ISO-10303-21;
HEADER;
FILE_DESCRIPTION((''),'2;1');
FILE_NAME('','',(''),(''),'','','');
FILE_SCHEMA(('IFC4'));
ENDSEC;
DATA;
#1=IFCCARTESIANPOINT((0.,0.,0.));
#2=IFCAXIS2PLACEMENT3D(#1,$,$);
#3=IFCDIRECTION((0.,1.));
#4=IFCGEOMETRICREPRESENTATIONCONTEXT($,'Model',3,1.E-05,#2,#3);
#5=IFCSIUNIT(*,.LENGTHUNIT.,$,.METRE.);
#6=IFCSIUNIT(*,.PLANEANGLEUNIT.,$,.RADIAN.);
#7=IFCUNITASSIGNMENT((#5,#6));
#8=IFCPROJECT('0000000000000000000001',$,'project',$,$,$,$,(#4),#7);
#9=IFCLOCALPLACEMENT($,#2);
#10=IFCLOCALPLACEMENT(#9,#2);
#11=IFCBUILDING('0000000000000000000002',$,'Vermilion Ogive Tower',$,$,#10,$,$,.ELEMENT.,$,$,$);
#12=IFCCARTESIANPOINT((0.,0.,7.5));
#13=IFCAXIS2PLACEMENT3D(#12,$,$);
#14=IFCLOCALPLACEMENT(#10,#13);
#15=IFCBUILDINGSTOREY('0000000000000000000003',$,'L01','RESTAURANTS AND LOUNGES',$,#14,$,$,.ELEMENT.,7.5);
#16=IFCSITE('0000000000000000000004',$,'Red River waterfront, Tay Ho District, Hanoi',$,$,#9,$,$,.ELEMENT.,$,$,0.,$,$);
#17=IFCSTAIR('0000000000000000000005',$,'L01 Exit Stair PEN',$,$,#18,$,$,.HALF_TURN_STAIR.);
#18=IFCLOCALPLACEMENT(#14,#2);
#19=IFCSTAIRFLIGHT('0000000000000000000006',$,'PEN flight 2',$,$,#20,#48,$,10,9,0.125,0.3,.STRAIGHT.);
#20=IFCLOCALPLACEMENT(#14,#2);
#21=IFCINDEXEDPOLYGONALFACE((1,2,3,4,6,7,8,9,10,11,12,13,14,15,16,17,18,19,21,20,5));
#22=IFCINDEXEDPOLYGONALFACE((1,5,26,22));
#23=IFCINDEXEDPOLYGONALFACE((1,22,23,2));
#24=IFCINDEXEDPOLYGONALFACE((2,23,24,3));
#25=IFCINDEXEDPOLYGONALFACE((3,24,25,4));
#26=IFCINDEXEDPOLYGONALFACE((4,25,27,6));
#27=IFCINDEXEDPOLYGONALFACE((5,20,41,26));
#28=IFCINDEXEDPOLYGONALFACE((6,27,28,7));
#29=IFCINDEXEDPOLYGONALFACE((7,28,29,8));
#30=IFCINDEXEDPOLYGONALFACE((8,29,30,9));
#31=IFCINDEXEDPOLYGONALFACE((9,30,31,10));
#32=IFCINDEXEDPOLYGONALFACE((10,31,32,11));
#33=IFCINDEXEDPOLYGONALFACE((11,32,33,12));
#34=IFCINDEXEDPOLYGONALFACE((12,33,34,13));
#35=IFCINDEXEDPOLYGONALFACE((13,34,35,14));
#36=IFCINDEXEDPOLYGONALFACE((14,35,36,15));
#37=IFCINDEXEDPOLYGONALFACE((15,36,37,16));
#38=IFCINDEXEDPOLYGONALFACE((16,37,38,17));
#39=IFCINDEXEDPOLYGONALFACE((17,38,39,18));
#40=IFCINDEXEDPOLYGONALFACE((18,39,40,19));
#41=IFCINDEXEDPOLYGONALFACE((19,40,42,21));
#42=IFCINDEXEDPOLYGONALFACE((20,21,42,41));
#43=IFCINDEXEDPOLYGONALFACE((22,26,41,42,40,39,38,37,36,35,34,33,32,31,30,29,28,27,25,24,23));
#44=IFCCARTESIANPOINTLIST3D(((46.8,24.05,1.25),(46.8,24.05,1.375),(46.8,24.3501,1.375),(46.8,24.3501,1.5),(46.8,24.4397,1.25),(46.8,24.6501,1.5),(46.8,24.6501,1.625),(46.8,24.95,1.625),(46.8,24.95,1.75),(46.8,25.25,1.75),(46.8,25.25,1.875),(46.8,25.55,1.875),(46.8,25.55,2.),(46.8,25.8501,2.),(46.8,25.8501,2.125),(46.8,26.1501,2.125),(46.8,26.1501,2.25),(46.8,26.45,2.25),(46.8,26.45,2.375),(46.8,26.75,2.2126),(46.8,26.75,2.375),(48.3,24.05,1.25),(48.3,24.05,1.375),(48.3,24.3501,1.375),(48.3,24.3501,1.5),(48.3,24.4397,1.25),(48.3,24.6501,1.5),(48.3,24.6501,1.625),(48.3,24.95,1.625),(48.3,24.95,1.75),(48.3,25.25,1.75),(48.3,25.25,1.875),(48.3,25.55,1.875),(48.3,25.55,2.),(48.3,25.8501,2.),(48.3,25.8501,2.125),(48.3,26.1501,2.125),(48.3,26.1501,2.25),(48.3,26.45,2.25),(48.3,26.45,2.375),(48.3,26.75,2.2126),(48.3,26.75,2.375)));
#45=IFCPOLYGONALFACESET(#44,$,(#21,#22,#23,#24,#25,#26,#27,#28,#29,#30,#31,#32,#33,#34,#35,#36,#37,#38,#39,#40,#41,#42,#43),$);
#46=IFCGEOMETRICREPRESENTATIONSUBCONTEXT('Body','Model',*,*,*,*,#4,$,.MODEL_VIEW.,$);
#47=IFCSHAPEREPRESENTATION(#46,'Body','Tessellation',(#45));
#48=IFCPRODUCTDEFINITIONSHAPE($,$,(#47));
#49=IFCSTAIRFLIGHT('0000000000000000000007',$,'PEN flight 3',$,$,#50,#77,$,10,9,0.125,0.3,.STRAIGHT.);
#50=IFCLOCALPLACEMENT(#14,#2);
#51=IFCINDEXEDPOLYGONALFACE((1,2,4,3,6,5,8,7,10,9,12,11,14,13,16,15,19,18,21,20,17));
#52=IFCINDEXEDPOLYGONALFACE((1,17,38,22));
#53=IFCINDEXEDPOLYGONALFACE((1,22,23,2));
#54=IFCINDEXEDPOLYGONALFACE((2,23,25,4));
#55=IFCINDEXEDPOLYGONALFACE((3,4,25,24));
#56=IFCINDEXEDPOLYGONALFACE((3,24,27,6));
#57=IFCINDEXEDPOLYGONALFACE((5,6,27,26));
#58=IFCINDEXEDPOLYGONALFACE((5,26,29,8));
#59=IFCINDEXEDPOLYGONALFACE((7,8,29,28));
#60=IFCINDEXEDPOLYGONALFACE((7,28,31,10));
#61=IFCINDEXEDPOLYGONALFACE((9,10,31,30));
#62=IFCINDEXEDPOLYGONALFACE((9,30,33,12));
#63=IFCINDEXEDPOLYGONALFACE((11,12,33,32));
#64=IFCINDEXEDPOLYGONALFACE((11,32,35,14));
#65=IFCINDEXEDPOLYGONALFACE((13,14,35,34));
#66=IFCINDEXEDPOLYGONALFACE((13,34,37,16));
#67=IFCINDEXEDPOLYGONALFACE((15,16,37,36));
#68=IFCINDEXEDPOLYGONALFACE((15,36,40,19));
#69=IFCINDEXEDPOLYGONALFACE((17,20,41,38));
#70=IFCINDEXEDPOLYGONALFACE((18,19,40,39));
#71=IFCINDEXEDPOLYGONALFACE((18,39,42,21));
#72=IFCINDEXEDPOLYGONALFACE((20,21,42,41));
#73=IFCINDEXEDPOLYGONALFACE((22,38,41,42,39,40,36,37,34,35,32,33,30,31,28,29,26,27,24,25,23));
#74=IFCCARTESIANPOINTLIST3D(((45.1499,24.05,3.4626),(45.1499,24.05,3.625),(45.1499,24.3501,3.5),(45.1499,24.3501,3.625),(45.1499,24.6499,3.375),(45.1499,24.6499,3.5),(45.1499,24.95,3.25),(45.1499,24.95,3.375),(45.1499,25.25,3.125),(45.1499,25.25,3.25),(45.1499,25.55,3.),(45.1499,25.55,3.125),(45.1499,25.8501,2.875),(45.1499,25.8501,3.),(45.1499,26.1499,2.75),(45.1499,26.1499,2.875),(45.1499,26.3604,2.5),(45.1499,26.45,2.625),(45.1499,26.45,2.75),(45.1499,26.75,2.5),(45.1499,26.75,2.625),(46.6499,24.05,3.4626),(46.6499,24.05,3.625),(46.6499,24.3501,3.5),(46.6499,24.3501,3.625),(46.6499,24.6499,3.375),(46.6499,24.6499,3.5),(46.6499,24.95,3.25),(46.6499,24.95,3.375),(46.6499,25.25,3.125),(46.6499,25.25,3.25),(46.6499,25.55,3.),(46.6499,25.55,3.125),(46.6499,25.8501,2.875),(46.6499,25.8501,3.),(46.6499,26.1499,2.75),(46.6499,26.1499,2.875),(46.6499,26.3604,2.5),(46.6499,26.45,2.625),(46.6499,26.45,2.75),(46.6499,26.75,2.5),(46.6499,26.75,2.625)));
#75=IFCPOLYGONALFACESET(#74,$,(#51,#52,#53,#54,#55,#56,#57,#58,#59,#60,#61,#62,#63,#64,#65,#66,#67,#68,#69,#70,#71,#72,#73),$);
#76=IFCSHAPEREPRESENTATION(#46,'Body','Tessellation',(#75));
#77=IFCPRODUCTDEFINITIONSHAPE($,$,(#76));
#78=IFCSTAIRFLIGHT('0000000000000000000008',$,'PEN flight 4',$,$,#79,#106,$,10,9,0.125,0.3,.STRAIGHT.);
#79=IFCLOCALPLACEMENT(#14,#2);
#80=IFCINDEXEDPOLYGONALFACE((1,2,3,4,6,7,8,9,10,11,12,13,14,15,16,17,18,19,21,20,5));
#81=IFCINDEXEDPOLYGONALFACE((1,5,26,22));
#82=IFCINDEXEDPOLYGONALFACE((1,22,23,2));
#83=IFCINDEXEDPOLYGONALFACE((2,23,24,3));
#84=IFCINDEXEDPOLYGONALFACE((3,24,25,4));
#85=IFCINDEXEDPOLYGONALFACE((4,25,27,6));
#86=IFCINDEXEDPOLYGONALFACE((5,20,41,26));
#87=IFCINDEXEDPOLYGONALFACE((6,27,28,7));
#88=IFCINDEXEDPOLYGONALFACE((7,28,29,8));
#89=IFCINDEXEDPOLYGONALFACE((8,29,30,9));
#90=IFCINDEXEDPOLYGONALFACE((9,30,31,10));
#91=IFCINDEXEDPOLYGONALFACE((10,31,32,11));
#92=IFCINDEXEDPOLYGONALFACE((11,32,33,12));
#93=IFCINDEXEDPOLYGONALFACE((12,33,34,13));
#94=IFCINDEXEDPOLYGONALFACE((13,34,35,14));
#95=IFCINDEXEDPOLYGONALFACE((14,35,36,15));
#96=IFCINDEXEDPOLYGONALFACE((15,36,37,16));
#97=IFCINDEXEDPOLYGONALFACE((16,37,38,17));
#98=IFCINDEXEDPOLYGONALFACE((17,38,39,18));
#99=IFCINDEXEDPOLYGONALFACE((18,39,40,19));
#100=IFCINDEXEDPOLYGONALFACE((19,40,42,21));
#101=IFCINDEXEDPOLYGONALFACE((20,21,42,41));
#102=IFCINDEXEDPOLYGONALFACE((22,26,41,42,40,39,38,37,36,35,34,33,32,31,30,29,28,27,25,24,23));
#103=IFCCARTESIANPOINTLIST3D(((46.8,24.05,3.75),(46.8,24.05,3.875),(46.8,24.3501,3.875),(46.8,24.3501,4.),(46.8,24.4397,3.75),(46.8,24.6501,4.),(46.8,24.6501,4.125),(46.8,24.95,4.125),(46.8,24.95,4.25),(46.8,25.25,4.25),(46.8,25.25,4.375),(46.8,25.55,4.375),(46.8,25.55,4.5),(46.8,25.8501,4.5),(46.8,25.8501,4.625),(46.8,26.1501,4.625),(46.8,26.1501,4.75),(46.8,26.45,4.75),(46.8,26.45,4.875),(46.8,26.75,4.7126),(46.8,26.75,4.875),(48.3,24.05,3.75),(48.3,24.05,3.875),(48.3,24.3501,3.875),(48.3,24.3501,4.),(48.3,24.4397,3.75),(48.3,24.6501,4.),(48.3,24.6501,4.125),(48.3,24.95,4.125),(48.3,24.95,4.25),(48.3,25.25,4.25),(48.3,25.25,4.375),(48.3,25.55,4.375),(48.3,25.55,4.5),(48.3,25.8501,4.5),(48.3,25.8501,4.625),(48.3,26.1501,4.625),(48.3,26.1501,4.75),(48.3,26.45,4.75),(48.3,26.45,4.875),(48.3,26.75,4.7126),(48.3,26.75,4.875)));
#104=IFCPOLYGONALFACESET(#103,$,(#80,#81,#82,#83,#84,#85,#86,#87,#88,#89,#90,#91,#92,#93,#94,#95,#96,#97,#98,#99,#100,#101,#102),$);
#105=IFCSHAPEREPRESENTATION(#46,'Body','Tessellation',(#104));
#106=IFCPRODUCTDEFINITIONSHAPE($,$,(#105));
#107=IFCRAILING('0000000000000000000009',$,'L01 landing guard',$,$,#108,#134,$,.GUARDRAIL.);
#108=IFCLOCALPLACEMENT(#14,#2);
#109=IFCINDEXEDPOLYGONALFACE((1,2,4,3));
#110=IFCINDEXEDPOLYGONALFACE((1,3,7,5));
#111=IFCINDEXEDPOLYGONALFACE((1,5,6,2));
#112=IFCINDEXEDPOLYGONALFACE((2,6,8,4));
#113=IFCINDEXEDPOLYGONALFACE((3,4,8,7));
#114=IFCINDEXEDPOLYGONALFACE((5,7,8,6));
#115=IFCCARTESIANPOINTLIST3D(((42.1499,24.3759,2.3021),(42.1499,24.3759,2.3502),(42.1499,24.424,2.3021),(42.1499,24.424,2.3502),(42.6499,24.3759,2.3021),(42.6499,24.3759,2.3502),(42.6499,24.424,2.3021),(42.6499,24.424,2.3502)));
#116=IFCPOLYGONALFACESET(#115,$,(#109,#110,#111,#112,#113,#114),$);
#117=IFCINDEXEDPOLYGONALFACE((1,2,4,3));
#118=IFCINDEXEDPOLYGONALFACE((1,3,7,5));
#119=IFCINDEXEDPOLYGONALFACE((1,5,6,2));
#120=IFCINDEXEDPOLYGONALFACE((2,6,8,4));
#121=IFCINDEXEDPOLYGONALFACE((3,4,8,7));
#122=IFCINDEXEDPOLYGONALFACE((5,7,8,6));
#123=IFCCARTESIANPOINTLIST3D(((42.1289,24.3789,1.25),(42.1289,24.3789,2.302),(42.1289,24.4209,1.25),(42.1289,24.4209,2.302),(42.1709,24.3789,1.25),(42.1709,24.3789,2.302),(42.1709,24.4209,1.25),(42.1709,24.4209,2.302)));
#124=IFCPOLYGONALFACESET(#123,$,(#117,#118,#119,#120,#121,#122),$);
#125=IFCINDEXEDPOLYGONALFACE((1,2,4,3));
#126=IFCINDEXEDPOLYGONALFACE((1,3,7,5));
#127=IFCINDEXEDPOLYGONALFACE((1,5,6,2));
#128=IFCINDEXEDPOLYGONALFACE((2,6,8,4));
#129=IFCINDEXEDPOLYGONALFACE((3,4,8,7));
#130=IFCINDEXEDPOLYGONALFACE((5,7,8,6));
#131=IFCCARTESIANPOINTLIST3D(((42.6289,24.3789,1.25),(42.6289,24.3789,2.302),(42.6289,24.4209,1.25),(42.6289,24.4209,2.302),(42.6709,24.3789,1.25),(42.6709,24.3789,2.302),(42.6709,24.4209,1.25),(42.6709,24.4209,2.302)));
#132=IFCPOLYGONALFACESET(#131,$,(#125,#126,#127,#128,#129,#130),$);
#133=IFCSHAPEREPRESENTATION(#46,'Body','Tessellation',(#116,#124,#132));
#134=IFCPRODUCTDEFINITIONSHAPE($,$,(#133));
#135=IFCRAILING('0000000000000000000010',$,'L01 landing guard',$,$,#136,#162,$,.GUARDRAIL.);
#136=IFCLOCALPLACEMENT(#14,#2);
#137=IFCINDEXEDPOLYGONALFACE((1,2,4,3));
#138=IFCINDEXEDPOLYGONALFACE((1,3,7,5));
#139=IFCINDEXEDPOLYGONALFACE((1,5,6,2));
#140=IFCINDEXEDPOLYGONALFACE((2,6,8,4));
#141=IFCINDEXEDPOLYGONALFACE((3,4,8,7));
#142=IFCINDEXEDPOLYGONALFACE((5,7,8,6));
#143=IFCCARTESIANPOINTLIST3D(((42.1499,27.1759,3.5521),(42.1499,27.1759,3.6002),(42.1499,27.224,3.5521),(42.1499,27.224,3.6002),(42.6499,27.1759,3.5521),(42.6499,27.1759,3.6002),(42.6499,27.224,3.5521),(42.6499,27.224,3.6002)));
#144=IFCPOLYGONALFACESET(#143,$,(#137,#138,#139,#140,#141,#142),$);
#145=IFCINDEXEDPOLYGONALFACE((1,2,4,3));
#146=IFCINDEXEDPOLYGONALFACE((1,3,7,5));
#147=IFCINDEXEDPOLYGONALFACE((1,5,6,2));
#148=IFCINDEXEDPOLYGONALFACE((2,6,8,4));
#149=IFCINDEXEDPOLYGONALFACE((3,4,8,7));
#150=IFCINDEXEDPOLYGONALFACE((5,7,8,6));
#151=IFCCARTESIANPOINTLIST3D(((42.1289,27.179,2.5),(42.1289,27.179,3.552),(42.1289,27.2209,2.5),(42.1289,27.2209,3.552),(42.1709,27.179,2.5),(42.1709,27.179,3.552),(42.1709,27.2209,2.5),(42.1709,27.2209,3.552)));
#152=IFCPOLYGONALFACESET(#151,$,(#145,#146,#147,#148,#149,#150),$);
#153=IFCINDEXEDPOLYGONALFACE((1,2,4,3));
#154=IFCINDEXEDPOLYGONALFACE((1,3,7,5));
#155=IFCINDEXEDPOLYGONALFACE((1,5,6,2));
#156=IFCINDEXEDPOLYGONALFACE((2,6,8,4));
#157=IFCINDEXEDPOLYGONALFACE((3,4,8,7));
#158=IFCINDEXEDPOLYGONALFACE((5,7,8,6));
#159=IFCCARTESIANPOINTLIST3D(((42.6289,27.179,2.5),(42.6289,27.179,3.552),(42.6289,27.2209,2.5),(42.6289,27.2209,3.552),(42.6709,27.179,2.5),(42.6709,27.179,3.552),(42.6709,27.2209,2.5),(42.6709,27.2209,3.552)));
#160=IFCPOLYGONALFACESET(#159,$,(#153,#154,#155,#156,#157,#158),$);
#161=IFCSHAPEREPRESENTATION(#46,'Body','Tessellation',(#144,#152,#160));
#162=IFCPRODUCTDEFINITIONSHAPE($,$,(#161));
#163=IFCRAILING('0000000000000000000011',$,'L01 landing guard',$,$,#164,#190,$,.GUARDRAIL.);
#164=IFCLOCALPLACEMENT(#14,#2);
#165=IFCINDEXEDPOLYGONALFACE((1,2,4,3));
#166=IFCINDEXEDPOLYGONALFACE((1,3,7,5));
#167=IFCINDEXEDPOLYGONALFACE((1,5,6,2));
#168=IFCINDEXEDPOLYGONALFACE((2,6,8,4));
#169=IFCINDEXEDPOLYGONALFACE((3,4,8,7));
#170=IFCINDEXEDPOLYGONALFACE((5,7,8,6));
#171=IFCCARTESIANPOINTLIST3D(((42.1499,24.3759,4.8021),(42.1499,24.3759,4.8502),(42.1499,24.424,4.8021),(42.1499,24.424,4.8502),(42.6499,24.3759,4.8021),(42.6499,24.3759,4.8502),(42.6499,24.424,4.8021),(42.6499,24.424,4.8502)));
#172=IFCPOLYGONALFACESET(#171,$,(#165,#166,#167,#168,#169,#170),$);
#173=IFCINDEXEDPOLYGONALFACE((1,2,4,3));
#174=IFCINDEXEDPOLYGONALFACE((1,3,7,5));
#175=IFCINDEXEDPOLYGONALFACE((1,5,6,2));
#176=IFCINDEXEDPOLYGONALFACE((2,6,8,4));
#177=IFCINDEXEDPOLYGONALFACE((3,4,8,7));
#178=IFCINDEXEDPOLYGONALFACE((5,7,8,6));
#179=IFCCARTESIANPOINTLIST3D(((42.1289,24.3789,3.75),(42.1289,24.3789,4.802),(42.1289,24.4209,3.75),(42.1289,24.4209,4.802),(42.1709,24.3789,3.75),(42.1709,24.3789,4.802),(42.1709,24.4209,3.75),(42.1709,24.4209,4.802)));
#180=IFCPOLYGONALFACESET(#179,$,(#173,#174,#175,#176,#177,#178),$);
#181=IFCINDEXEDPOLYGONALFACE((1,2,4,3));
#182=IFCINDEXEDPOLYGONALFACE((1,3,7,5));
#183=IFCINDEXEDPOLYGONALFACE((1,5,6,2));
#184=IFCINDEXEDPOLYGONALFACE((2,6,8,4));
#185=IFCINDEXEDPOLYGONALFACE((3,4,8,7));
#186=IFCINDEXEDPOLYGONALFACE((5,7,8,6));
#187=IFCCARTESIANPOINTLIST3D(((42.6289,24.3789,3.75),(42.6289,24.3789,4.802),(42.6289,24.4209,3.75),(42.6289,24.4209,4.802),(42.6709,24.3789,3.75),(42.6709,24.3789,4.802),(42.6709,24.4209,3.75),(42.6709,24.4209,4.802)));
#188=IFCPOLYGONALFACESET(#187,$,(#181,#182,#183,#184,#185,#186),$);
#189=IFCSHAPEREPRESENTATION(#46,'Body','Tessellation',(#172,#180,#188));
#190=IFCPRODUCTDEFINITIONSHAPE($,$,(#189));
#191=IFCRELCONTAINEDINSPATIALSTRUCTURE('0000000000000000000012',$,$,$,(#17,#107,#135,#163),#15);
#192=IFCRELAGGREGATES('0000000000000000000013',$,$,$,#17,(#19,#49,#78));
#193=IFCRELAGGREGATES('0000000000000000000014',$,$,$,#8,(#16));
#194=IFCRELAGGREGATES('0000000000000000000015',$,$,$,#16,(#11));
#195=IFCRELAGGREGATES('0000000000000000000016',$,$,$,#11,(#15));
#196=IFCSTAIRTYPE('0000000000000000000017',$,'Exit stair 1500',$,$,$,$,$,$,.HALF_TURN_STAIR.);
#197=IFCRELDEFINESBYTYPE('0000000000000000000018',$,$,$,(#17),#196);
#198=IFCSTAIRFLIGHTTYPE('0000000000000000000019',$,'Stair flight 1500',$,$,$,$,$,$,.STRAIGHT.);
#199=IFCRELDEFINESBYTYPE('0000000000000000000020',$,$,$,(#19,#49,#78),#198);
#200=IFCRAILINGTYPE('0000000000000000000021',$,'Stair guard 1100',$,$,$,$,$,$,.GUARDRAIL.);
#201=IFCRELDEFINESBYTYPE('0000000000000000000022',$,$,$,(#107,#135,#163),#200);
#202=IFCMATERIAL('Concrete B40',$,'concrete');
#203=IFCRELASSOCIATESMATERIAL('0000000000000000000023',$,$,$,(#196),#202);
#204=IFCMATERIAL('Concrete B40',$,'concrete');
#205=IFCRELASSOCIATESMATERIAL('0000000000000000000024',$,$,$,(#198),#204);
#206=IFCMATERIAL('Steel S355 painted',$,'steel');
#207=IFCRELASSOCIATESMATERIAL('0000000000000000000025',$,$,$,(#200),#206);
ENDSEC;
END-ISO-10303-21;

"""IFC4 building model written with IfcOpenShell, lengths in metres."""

from ifc_helpers import new_model, si_unit, direction, frame, origin, origin_2d, place, context, subcontext, project, spatial, polyline, rectangle, outline, extrude, material, type_object, element, aggregate, save


model = new_model("IFC4")

# Units and contexts
model_context = context("Model", 3, precision=1e-05, world=origin(), true_north=direction((0.0, 1.0)))
body_context = subcontext(model_context, "Body", "Model", "MODEL_VIEW")
ifc_project = project(units=[si_unit("LENGTHUNIT", "METRE"), si_unit("PLANEANGLEUNIT", "RADIAN")], contexts=[model_context])

# Site, building, storey
site_placement = place(None, origin())
site = spatial("IfcSite", under=ifc_project, at=site_placement, Name="Red River waterfront, Tay Ho District, Hanoi", CompositionType="ELEMENT", RefElevation=0.0)
building_placement = place(site_placement, origin())
building = spatial("IfcBuilding", under=site, at=building_placement, Name="Vermilion Ogive Tower", CompositionType="ELEMENT")
storey_placement = place(building_placement, frame((0.0, 0.0, 7.5)))
storey = spatial("IfcBuildingStorey", under=building, at=storey_placement, Name="L01", Description="RESTAURANTS AND LOUNGES", CompositionType="ELEMENT", Elevation=7.5)

# Stair, stair flights
ifc_material_1 = material(Name="Concrete B40", Category="concrete")
stair_type = type_object("IfcStairType", Name="Exit stair 1500", PredefinedType="HALF_TURN_STAIR", material=ifc_material_1)
ifc_material_2 = material(Name="Concrete B40", Category="concrete")
stair_flight_type = type_object("IfcStairFlightType", Name="Stair flight 1500", PredefinedType="STRAIGHT", material=ifc_material_2)
stair_1_placement = place(storey_placement, origin())
stair_1 = element("IfcStair", 1, at=stair_1_placement, inside=storey, type_object=stair_type, Name="L01 Exit Stair PEN", PredefinedType="HALF_TURN_STAIR")
stair_flight_1_placement = place(storey_placement, frame((47.55, 24.05, 1.25), z_axis=(0.0, 0.0, 1.0), x_axis=(0.0, 1.0, 0.0)))
stair_flight_1 = element("IfcStairFlight", 2, at=stair_flight_1_placement, type_object=stair_flight_type, Name="PEN flight 2", NumberOfRisers=10, NumberOfTreads=9, PredefinedType="STRAIGHT", RiserHeight=0.125, TreadLength=0.3, context=body_context, shape_type="SweptSolid", body=[
    extrude(outline(polyline([(0.0, 0.0), (0.0, 0.125), (0.3, 0.125), (0.3, 0.25), (0.6001, 0.25), (0.6001, 0.375), (0.8999, 0.375), (0.8999, 0.5), (1.2, 0.5), (1.2, 0.625), (1.5, 0.625), (1.5, 0.75), (1.8, 0.75), (1.8, 0.875), (2.1001, 0.875), (2.1001, 1.0), (2.3999, 1.0), (2.3999, 1.125), (2.7, 1.125), (2.7, 1.25), (2.7, 0.9626), (0.3896, 0.0), (0.0, 0.0)])), frame((0.0, 0.75, 0.0), z_axis=(0.0, -1.0, 0.0), x_axis=(1.0, 0.0, 0.0)), (0.0, 0.0, 1.0), 1.5),
])
stair_flight_2_placement = place(storey_placement, frame((45.8999, 26.75, 2.5), z_axis=(0.0, 0.0, 1.0), x_axis=(0.0, -1.0, 0.0)))
stair_flight_2 = element("IfcStairFlight", 3, at=stair_flight_2_placement, type_object=stair_flight_type, Name="PEN flight 3", NumberOfRisers=10, NumberOfTreads=9, PredefinedType="STRAIGHT", RiserHeight=0.125, TreadLength=0.3, context=body_context, shape_type="SweptSolid", body=[
    extrude(outline(polyline([(0.0, 0.0), (0.0, 0.125), (0.3, 0.125), (0.3, 0.25), (0.6001, 0.25), (0.6001, 0.375), (0.8999, 0.375), (0.8999, 0.5), (1.2, 0.5), (1.2, 0.625), (1.5, 0.625), (1.5, 0.75), (1.8, 0.75), (1.8, 0.875), (2.1001, 0.875), (2.1001, 1.0), (2.3999, 1.0), (2.3999, 1.125), (2.7, 1.125), (2.7, 1.25), (2.7, 0.9626), (0.3896, 0.0), (0.0, 0.0)])), frame((0.0, 0.75, 0.0), z_axis=(0.0, -1.0, 0.0), x_axis=(1.0, 0.0, 0.0)), (0.0, 0.0, 1.0), 1.5),
])
stair_flight_3_placement = place(storey_placement, frame((47.55, 24.05, 3.75), z_axis=(0.0, 0.0, 1.0), x_axis=(0.0, 1.0, 0.0)))
stair_flight_3 = element("IfcStairFlight", 4, at=stair_flight_3_placement, type_object=stair_flight_type, Name="PEN flight 4", NumberOfRisers=10, NumberOfTreads=9, PredefinedType="STRAIGHT", RiserHeight=0.125, TreadLength=0.3, context=body_context, shape_type="SweptSolid", body=[
    extrude(outline(polyline([(0.0, 0.0), (0.0, 0.125), (0.3, 0.125), (0.3, 0.25), (0.6001, 0.25), (0.6001, 0.375), (0.8999, 0.375), (0.8999, 0.5), (1.2, 0.5), (1.2, 0.625), (1.5, 0.625), (1.5, 0.75), (1.8, 0.75), (1.8, 0.875), (2.1001, 0.875), (2.1001, 1.0), (2.3999, 1.0), (2.3999, 1.125), (2.7, 1.125), (2.7, 1.25), (2.7, 0.9626), (0.3896, 0.0), (0.0, 0.0)])), frame((0.0, 0.75, 0.0), z_axis=(0.0, -1.0, 0.0), x_axis=(1.0, 0.0, 0.0)), (0.0, 0.0, 1.0), 1.5),
])
aggregate(stair_1, [stair_flight_1, stair_flight_2, stair_flight_3])

# Railings
ifc_material_3 = material(Name="Steel S355 painted", Category="steel")
railing_type_1 = type_object("IfcRailingType", Name="Stair guard 1100", PredefinedType="GUARDRAIL", material=ifc_material_3)
for number, where, name in (
    (5, (42.1499, 24.3999, 1.25), "L01 landing guard"),
    (6, (42.1499, 27.2, 2.5), "L01 landing guard"),
    (7, (42.1499, 24.3999, 3.75), "L01 landing guard"),
):
    element("IfcRailing", number, at=place(storey_placement, frame(where)), inside=storey, type_object=railing_type_1, Name=name, PredefinedType="GUARDRAIL", context=body_context, shape_type="SweptSolid", body=[
        extrude(rectangle(XDim=0.0481, YDim=0.0481, at=origin_2d()), frame((0.0, 0.0, 1.0762), z_axis=(1.0, 0.0, 0.0), x_axis=(0.0, 1.0, 0.0)), (0.0, 0.0, 1.0), 0.5),
        extrude(rectangle(XDim=0.042, YDim=0.042, at=origin_2d()), origin(), (0.0, 0.0, 1.0), 1.052),
        extrude(rectangle(XDim=0.042, YDim=0.042, at=origin_2d()), frame((0.5, 0.0, 0.0)), (0.0, 0.0, 1.0), 1.052),
    ])

save(model, "model.ifc")
